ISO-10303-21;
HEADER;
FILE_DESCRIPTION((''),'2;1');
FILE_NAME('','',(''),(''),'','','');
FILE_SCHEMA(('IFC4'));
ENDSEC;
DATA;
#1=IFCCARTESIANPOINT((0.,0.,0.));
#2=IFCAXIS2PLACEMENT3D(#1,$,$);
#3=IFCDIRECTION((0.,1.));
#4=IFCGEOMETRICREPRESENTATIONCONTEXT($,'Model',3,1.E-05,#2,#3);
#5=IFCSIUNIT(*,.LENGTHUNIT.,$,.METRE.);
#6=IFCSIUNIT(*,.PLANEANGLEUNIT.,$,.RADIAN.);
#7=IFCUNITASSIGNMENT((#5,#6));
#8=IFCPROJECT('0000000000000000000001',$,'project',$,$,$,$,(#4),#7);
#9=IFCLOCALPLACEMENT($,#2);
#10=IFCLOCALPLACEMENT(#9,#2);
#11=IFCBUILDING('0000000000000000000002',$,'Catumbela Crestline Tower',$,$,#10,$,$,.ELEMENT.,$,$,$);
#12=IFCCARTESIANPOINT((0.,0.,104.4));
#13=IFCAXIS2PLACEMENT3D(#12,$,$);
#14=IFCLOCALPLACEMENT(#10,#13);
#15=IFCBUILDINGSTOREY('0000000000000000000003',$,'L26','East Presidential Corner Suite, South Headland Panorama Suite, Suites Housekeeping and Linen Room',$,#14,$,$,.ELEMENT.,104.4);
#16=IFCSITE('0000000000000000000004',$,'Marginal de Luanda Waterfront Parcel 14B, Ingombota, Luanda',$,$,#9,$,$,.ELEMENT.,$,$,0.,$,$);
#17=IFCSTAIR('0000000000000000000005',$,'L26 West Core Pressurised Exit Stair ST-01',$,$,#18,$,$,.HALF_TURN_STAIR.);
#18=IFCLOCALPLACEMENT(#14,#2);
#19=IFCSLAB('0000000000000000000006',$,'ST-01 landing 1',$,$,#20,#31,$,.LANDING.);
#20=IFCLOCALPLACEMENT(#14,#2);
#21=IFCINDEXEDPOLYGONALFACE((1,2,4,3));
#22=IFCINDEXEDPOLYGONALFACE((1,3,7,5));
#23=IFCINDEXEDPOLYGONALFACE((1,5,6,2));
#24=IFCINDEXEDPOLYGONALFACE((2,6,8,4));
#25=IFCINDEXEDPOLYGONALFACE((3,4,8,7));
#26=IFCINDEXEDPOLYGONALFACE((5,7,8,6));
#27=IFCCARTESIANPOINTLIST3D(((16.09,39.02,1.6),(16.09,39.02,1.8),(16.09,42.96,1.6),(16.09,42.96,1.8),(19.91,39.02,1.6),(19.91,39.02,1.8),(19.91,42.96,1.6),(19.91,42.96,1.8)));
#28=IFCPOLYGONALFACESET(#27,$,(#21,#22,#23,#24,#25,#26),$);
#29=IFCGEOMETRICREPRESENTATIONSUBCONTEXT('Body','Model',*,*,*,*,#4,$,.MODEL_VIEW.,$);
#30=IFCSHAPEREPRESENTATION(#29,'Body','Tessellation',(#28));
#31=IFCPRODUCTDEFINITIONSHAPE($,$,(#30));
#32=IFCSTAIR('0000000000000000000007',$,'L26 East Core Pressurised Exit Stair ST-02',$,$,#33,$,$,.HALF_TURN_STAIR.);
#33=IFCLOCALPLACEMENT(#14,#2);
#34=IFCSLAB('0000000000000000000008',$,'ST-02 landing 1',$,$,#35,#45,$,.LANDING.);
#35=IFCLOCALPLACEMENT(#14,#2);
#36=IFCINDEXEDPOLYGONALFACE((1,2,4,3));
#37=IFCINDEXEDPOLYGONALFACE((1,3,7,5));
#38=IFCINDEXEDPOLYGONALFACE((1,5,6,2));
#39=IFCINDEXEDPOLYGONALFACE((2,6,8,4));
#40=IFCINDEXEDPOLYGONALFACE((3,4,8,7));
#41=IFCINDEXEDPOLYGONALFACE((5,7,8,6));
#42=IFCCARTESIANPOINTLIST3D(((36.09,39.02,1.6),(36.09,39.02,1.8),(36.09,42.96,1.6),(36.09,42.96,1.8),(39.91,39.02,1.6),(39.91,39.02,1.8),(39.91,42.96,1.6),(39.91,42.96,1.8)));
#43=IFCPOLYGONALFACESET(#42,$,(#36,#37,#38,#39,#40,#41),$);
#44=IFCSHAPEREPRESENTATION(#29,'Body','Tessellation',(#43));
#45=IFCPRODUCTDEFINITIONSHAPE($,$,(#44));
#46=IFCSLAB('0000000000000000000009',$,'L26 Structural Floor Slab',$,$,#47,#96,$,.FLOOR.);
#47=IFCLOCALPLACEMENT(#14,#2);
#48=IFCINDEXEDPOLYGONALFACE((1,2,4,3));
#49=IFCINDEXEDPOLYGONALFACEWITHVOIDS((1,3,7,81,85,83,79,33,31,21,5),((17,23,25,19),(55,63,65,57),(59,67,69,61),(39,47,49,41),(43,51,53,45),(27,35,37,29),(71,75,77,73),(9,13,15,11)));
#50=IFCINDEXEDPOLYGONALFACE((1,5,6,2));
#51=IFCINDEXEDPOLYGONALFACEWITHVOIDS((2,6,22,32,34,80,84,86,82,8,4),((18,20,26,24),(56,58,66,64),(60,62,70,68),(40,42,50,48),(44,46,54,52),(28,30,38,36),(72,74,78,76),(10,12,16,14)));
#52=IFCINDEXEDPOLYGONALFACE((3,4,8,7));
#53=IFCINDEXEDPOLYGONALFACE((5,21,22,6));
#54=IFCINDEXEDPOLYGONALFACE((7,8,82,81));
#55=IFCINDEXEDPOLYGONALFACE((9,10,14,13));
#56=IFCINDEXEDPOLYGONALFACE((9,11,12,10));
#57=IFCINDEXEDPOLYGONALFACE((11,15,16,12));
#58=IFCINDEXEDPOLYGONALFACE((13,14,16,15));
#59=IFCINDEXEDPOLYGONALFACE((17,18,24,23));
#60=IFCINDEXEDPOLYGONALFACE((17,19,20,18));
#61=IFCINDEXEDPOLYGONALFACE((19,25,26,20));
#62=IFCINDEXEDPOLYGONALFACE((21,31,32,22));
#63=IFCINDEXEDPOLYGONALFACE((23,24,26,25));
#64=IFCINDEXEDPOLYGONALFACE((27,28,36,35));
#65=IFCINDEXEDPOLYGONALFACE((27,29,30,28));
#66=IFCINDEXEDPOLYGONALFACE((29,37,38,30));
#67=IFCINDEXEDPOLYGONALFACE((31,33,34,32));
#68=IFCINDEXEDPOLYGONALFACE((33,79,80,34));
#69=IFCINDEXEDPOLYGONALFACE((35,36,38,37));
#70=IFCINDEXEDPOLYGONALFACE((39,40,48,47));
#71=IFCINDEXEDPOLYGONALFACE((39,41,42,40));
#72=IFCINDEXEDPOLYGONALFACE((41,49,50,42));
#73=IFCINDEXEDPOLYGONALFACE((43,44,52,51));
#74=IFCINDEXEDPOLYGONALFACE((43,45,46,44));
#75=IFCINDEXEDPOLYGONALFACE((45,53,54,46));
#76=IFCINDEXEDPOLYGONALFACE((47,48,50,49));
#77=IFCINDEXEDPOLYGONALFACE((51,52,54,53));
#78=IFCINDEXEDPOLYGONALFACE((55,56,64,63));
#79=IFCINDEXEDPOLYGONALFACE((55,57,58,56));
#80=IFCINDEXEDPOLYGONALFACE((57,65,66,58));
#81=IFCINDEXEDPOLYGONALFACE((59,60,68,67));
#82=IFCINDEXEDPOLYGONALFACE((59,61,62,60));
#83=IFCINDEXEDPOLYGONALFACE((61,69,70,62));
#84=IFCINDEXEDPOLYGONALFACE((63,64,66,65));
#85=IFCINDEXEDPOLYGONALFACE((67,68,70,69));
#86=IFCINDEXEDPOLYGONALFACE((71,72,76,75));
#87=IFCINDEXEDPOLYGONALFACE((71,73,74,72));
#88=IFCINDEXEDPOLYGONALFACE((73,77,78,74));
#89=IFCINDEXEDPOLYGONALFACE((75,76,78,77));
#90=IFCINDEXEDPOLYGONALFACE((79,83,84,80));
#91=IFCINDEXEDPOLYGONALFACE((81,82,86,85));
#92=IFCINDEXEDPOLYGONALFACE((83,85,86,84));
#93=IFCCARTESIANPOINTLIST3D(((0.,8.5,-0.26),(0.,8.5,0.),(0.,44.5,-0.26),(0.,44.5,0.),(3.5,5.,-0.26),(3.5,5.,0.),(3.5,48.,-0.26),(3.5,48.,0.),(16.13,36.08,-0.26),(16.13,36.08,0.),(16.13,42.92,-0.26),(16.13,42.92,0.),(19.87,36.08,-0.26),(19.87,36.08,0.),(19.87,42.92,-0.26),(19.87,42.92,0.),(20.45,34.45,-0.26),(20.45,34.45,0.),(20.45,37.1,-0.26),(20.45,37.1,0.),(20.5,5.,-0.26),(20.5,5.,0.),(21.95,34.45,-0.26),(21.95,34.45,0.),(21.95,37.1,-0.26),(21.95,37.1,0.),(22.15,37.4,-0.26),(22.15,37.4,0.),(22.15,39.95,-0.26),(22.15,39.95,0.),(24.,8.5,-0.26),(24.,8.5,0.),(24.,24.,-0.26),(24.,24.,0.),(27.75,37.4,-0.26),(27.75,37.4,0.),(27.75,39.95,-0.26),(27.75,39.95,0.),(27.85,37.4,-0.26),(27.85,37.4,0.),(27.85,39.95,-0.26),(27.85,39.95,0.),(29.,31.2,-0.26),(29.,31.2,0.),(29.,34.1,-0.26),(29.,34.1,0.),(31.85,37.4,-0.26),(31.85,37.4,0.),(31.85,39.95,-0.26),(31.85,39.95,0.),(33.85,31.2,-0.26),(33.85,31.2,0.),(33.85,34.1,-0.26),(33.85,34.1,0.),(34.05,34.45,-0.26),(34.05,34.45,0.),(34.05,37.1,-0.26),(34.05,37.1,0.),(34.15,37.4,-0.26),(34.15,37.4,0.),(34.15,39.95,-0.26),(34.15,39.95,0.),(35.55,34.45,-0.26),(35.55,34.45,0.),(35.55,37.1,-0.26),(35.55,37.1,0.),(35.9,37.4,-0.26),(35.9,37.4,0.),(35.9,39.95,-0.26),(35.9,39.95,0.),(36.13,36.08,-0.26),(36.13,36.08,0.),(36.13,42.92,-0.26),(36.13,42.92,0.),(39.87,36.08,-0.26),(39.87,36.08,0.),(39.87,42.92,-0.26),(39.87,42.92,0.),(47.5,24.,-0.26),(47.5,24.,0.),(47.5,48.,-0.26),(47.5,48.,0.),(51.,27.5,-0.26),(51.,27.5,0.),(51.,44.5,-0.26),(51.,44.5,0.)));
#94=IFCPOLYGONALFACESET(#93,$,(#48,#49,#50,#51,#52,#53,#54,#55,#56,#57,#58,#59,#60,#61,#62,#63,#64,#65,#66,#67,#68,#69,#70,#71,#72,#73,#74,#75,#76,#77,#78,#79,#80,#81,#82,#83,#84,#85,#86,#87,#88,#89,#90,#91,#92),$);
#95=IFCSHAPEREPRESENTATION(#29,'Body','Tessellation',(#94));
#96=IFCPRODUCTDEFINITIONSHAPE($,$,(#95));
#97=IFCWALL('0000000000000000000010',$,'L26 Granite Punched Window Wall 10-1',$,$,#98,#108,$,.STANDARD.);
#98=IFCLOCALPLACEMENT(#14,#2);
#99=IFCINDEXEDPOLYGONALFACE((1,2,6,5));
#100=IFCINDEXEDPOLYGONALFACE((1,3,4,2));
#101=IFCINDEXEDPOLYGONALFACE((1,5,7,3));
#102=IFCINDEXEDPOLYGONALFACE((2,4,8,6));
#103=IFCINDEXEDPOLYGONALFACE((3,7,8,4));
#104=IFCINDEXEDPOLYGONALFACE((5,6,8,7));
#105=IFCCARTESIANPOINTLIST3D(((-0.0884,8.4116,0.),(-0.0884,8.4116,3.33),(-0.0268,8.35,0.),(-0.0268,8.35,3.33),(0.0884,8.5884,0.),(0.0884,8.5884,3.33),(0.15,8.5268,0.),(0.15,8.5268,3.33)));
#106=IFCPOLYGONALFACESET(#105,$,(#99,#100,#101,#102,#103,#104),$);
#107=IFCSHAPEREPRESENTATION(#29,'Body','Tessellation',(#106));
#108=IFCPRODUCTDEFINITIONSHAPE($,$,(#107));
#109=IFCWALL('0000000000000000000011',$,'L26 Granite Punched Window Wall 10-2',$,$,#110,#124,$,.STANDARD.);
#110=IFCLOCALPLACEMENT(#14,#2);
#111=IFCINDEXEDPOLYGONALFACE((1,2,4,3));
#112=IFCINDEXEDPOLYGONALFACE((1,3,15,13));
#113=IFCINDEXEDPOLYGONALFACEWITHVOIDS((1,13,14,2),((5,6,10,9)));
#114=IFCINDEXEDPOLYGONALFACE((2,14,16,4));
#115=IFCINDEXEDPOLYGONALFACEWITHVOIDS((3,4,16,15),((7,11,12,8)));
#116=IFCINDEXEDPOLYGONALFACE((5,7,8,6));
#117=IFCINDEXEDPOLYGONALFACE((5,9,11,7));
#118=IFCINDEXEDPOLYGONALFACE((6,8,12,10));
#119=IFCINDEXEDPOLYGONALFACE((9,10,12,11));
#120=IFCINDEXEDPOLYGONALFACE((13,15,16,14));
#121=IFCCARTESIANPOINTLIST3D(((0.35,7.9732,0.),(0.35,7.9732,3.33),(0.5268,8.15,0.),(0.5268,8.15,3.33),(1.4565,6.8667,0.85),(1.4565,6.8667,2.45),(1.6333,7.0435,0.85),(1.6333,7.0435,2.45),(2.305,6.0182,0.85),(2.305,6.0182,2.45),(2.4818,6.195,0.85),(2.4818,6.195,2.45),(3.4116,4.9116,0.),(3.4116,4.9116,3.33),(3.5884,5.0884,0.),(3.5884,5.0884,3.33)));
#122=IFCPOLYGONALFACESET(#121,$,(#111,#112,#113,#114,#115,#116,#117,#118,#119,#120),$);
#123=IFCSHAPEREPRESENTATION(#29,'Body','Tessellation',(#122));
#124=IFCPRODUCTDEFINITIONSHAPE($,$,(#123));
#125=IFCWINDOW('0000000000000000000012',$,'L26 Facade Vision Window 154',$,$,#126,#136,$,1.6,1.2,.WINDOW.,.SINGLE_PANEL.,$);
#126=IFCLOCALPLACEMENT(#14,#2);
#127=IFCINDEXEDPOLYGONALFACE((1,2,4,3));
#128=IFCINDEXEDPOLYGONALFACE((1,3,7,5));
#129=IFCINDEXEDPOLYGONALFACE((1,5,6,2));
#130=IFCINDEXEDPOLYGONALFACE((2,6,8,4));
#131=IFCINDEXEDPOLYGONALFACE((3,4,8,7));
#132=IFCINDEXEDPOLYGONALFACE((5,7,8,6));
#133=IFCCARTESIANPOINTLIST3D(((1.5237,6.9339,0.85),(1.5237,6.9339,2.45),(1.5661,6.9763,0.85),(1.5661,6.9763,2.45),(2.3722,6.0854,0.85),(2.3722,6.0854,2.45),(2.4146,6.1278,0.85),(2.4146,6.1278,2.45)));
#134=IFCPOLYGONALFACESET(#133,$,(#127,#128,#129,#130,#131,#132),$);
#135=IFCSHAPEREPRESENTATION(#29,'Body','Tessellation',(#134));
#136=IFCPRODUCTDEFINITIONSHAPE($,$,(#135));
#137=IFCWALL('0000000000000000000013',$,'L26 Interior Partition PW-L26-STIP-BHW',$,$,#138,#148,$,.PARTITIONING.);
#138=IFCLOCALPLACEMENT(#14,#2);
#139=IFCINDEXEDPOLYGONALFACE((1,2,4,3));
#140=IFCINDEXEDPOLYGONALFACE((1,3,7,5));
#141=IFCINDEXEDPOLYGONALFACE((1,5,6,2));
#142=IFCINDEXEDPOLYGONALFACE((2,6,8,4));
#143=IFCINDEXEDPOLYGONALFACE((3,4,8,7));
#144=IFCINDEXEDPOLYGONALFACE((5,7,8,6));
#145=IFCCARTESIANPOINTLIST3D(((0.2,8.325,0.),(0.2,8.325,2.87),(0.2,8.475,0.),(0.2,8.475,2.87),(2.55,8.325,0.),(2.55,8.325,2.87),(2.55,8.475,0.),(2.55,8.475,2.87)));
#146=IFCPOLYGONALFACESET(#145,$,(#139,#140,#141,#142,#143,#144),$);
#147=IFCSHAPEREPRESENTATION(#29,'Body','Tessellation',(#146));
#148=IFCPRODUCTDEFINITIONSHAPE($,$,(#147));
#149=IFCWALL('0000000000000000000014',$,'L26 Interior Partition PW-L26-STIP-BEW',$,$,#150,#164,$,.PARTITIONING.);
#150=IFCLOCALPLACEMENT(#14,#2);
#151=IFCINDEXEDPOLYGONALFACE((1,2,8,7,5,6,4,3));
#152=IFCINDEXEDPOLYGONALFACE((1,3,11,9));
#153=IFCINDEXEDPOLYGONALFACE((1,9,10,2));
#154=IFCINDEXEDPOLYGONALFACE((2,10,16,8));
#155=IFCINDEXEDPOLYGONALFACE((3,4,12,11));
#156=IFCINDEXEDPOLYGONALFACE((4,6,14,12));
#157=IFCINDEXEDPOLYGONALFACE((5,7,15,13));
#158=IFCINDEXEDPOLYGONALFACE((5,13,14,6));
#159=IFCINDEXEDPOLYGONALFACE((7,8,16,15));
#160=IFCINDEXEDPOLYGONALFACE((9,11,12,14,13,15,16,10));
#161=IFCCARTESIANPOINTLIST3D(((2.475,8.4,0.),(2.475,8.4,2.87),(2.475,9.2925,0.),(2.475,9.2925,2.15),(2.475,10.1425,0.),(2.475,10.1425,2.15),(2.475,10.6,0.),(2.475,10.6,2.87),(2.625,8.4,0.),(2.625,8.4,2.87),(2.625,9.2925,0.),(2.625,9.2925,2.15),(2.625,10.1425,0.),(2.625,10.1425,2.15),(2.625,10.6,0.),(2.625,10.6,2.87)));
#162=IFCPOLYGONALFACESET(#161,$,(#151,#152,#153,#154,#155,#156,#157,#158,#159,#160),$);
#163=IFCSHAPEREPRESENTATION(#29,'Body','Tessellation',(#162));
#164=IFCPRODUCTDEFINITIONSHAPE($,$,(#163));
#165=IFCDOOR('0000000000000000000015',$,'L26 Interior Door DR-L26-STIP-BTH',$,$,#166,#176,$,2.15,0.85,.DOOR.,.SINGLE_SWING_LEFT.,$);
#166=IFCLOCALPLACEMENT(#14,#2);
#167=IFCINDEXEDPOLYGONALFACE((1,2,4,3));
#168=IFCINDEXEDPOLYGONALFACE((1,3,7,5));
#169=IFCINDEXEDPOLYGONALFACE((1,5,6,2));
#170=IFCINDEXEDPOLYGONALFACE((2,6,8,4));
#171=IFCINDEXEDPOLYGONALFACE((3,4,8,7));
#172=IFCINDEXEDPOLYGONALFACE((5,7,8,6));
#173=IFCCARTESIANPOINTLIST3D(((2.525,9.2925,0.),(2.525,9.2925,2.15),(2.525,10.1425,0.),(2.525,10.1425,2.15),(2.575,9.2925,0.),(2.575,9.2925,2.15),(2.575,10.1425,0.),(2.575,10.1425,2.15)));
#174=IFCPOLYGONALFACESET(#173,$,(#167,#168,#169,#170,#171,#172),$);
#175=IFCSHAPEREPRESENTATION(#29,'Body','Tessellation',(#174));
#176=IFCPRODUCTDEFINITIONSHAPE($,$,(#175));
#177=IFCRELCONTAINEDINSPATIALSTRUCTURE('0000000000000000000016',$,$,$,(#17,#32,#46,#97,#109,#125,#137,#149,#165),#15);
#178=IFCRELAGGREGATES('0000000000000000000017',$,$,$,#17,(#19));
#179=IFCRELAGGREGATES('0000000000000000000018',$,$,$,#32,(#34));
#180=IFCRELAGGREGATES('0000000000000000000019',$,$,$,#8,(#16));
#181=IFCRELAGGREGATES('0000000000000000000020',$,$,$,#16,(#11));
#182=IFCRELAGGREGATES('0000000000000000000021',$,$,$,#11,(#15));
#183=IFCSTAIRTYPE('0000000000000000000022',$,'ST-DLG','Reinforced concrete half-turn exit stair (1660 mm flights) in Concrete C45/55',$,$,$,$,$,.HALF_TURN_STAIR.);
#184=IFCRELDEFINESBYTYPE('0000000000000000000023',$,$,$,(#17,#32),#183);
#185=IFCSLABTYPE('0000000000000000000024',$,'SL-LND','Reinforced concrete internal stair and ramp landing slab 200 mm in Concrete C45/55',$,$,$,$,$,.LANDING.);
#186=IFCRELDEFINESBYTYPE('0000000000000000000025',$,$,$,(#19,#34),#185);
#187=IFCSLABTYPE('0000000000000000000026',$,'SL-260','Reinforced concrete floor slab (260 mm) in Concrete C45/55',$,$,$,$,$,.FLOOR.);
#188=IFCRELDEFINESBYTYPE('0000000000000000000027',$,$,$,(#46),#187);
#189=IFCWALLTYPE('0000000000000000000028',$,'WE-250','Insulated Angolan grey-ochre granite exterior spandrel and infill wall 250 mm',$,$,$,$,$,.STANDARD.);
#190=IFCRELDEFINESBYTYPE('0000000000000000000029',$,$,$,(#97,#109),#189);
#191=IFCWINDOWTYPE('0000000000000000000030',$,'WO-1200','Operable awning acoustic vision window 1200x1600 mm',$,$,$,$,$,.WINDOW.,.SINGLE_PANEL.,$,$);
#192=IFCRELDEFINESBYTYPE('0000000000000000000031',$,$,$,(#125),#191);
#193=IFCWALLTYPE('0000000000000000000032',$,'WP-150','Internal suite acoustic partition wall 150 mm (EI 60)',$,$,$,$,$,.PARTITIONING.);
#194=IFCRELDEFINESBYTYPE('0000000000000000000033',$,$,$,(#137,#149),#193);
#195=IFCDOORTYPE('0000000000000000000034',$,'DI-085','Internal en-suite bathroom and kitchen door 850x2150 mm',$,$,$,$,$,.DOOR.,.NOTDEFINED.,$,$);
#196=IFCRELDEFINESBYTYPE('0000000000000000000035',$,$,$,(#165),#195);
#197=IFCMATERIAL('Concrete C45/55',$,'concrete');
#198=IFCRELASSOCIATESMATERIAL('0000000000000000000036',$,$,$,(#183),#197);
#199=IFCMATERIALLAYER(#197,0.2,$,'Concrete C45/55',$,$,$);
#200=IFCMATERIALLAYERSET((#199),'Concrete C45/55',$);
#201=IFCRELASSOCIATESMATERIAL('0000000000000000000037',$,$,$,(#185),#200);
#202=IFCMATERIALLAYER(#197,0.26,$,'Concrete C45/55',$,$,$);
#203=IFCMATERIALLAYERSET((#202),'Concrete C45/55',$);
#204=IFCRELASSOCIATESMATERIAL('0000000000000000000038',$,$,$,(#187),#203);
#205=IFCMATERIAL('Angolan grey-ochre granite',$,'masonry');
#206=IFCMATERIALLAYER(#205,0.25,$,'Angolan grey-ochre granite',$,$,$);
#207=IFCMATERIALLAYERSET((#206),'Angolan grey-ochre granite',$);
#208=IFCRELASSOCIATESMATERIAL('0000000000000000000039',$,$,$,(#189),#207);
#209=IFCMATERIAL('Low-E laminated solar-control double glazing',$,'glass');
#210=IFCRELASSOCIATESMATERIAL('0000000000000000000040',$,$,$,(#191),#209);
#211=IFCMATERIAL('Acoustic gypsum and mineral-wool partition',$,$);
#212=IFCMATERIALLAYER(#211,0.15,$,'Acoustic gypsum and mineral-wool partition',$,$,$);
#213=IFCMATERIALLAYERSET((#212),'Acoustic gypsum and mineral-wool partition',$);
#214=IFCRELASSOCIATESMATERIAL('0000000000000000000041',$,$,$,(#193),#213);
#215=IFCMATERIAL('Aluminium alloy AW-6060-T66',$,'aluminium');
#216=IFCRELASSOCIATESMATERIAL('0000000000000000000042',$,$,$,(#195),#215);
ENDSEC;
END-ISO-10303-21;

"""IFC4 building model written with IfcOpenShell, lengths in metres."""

from ifc_helpers import new_model, si_unit, direction, frame, frame_2d, origin, place, context, subcontext, project, spatial, polyline, rectangle, outline, extrude, material, layer, layer_set, type_object, element, fill, aggregate, save


model = new_model("IFC4")

# Units and contexts
model_context = context("Model", 3, precision=1e-05, world=origin(), true_north=direction((0.0, 1.0)))
body_context = subcontext(model_context, "Body", "Model", "MODEL_VIEW")
ifc_project = project(units=[si_unit("LENGTHUNIT", "METRE"), si_unit("PLANEANGLEUNIT", "RADIAN")], contexts=[model_context])

# Site, building, storey
site_placement = place(None, origin())
site = spatial("IfcSite", under=ifc_project, at=site_placement, Name="Marginal de Luanda Waterfront Parcel 14B, Ingombota, Luanda", CompositionType="ELEMENT", RefElevation=0.0)
building_placement = place(site_placement, origin())
building = spatial("IfcBuilding", under=site, at=building_placement, Name="Catumbela Crestline Tower", CompositionType="ELEMENT")
storey_placement = place(building_placement, frame((0.0, 0.0, 104.4)))
storey = spatial("IfcBuildingStorey", under=building, at=storey_placement, Name="L26", Description="East Presidential Corner Suite, South Headland Panorama Suite, Suites Housekeeping and Linen Room", CompositionType="ELEMENT", Elevation=104.4)

# Stairs, slabs
ifc_material_1 = material(Name="Concrete C45/55", Category="concrete")
stair_type = type_object("IfcStairType", Name="ST-DLG", Description="Reinforced concrete half-turn exit stair (1660 mm flights) in Concrete C45/55", PredefinedType="HALF_TURN_STAIR", material=ifc_material_1)
stair_1_placement = place(storey_placement, origin())
stair_1 = element("IfcStair", 1, at=stair_1_placement, inside=storey, type_object=stair_type, Name="L26 West Core Pressurised Exit Stair ST-01", PredefinedType="HALF_TURN_STAIR")
ifc_layer_1 = layer(ifc_material_1, 0.2, Name="Concrete C45/55")
ifc_layer_set_1 = layer_set([ifc_layer_1], Name="Concrete C45/55")
slab_type_1 = type_object("IfcSlabType", Name="SL-LND", Description="Reinforced concrete internal stair and ramp landing slab 200 mm in Concrete C45/55", PredefinedType="LANDING", material=ifc_layer_set_1)
slab_1_placement = place(storey_placement, frame((0.0, 0.0, 1.6)))
slab_1 = element("IfcSlab", 2, at=slab_1_placement, type_object=slab_type_1, Name="ST-01 landing 1", PredefinedType="LANDING", context=body_context, shape_type="SweptSolid", body=[
    extrude(outline(polyline([(19.91, 39.02), (19.91, 42.96), (16.09, 42.96), (16.09, 39.02), (19.91, 39.02)])), origin(), (0.0, 0.0, 1.0), 0.2),
])
aggregate(stair_1, [slab_1])
stair_2_placement = place(storey_placement, origin())
stair_2 = element("IfcStair", 3, at=stair_2_placement, inside=storey, type_object=stair_type, Name="L26 East Core Pressurised Exit Stair ST-02", PredefinedType="HALF_TURN_STAIR")
slab_2_placement = place(storey_placement, frame((0.0, 0.0, 1.6)))
slab_2 = element("IfcSlab", 4, at=slab_2_placement, type_object=slab_type_1, Name="ST-02 landing 1", PredefinedType="LANDING", context=body_context, shape_type="SweptSolid", body=[
    extrude(outline(polyline([(39.91, 39.02), (39.91, 42.96), (36.09, 42.96), (36.09, 39.02), (39.91, 39.02)])), origin(), (0.0, 0.0, 1.0), 0.2),
])
aggregate(stair_2, [slab_2])

# Slab
ifc_layer_2 = layer(ifc_material_1, 0.26, Name="Concrete C45/55")
ifc_layer_set_2 = layer_set([ifc_layer_2], Name="Concrete C45/55")
slab_type_2 = type_object("IfcSlabType", Name="SL-260", Description="Reinforced concrete floor slab (260 mm) in Concrete C45/55", PredefinedType="FLOOR", material=ifc_layer_set_2)
slab_3_placement = place(storey_placement, frame((0.0, 0.0, -0.26)))
element("IfcSlab", 5, at=slab_3_placement, inside=storey, type_object=slab_type_2, Name="L26 Structural Floor Slab", PredefinedType="FLOOR", context=body_context, shape_type="SweptSolid", body=[
    extrude(outline(polyline([(3.5, 5.0), (20.5, 5.0), (24.0, 8.5), (24.0, 24.0), (47.5, 24.0), (51.0, 27.5), (51.0, 44.5), (47.5, 48.0), (3.5, 48.0), (0.0, 44.5), (0.0, 8.5), (3.5, 5.0)]), holes=[polyline([(16.13, 36.08), (19.87, 36.08), (19.87, 42.92), (16.13, 42.92), (16.13, 36.08)]), polyline([(36.13, 36.08), (39.87, 36.08), (39.87, 42.92), (36.13, 42.92), (36.13, 36.08)]), polyline([(29.0, 31.2), (33.85, 31.2), (33.85, 34.1), (29.0, 34.1), (29.0, 31.2)]), polyline([(22.15, 37.4), (27.75, 37.4), (27.75, 39.95), (22.15, 39.95), (22.15, 37.4)]), polyline([(27.85, 37.4), (31.85, 37.4), (31.85, 39.95), (27.85, 39.95), (27.85, 37.4)]), polyline([(20.45, 34.45), (21.95, 34.45), (21.95, 37.1), (20.45, 37.1), (20.45, 34.45)]), polyline([(34.05, 34.45), (35.55, 34.45), (35.55, 37.1), (34.05, 37.1), (34.05, 34.45)]), polyline([(34.15, 37.4), (35.9, 37.4), (35.9, 39.95), (34.15, 39.95), (34.15, 37.4)])]), origin(), (0.0, 0.0, 1.0), 0.26),
])

# Wall
ifc_material_2 = material(Name="Angolan grey-ochre granite", Category="masonry")
ifc_layer_3 = layer(ifc_material_2, 0.25, Name="Angolan grey-ochre granite")
ifc_layer_set_3 = layer_set([ifc_layer_3], Name="Angolan grey-ochre granite")
wall_type_1 = type_object("IfcWallType", Name="WE-250", Description="Insulated Angolan grey-ochre granite exterior spandrel and infill wall 250 mm", PredefinedType="STANDARD", material=ifc_layer_set_3)
wall_1_placement = place(storey_placement, frame((0.0, 8.5, 0.0), z_axis=(0.0, 0.0, 1.0), x_axis=(0.707107, -0.707107, 0.0)))
element("IfcWall", 6, at=wall_1_placement, inside=storey, type_object=wall_type_1, Name="L26 Granite Punched Window Wall 10-1", PredefinedType="STANDARD", context=body_context, shape_type="SweptSolid", body=[
    extrude(rectangle(XDim=0.0871, YDim=0.25, at=frame_2d((0.0436, 0.0))), origin(), (0.0, 0.0, 1.0), 3.33),
])

# Wall, opening, window
wall_2_placement = place(storey_placement, frame((0.4384, 8.0616, 0.0), z_axis=(0.0, 0.0, 1.0), x_axis=(0.707107, -0.707107, 0.0)))
wall_2 = element("IfcWall", 7, at=wall_2_placement, inside=storey, type_object=wall_type_1, Name="L26 Granite Punched Window Wall 10-2", PredefinedType="STANDARD", context=body_context, shape_type="SweptSolid", body=[
    extrude(rectangle(XDim=4.3298, YDim=0.25, at=frame_2d((2.1649, 0.0))), origin(), (0.0, 0.0, 1.0), 3.33),
])
opening_1_placement = place(wall_2_placement, frame((1.5648, 0.0, 0.85)))
opening_1 = element("IfcOpeningElement", 8, at=opening_1_placement, cuts=wall_2, PredefinedType="OPENING", context=body_context, shape_type="SweptSolid", body=[
    extrude(rectangle(XDim=1.2, YDim=1.6, at=frame_2d((0.6, 0.8))), frame((0.0, 0.135, 0.0), z_axis=(0.0, -1.0, 0.0), x_axis=(1.0, 0.0, 0.0)), (0.0, 0.0, 1.0), 0.27),
])
ifc_material_3 = material(Name="Low-E laminated solar-control double glazing", Category="glass")
window_type = type_object("IfcWindowType", Name="WO-1200", Description="Operable awning acoustic vision window 1200x1600 mm", PartitioningType="SINGLE_PANEL", PredefinedType="WINDOW", material=ifc_material_3)
window_placement = place(opening_1_placement, origin())
window = element("IfcWindow", 9, at=window_placement, inside=storey, type_object=window_type, Name="L26 Facade Vision Window 154", OverallHeight=1.6, OverallWidth=1.2, PartitioningType="SINGLE_PANEL", PredefinedType="WINDOW", context=body_context, shape_type="SweptSolid", body=[
    extrude(rectangle(XDim=1.2, YDim=1.6, at=frame_2d((0.6, 0.8))), frame((0.0, 0.03, 0.0), z_axis=(0.0, -1.0, 0.0), x_axis=(1.0, 0.0, 0.0)), (0.0, 0.0, 1.0), 0.06),
])
fill(opening_1, window)

# Wall
ifc_material_4 = material(Name="Acoustic gypsum and mineral-wool partition")
ifc_layer_4 = layer(ifc_material_4, 0.15, Name="Acoustic gypsum and mineral-wool partition")
ifc_layer_set_4 = layer_set([ifc_layer_4], Name="Acoustic gypsum and mineral-wool partition")
wall_type_2 = type_object("IfcWallType", Name="WP-150", Description="Internal suite acoustic partition wall 150 mm (EI 60)", PredefinedType="PARTITIONING", material=ifc_layer_set_4)
wall_3_placement = place(storey_placement, frame((0.2, 8.4, 0.0), z_axis=(0.0, 0.0, 1.0), x_axis=(1.0, 0.0, 0.0)))
element("IfcWall", 10, at=wall_3_placement, inside=storey, type_object=wall_type_2, Name="L26 Interior Partition PW-L26-STIP-BHW", PredefinedType="PARTITIONING", context=body_context, shape_type="SweptSolid", body=[
    extrude(rectangle(XDim=2.35, YDim=0.15, at=frame_2d((1.175, 0.0))), origin(), (0.0, 0.0, 1.0), 2.87),
])

# Wall, opening, door
wall_4_placement = place(storey_placement, frame((2.55, 8.4, 0.0), z_axis=(0.0, 0.0, 1.0), x_axis=(0.0, 1.0, 0.0)))
wall_4 = element("IfcWall", 11, at=wall_4_placement, inside=storey, type_object=wall_type_2, Name="L26 Interior Partition PW-L26-STIP-BEW", PredefinedType="PARTITIONING", context=body_context, shape_type="SweptSolid", body=[
    extrude(rectangle(XDim=2.2, YDim=0.15, at=frame_2d((1.1, 0.0))), origin(), (0.0, 0.0, 1.0), 2.87),
])
opening_2_placement = place(wall_4_placement, frame((0.8925, 0.0, 0.0)))
opening_2 = element("IfcOpeningElement", 12, at=opening_2_placement, cuts=wall_4, PredefinedType="OPENING", context=body_context, shape_type="SweptSolid", body=[
    extrude(rectangle(XDim=0.85, YDim=2.15, at=frame_2d((0.425, 1.075))), frame((0.0, 0.085, 0.0), z_axis=(0.0, -1.0, 0.0), x_axis=(1.0, 0.0, 0.0)), (0.0, 0.0, 1.0), 0.17),
])
ifc_material_5 = material(Name="Aluminium alloy AW-6060-T66", Category="aluminium")
door_type = type_object("IfcDoorType", Name="DI-085", Description="Internal en-suite bathroom and kitchen door 850x2150 mm", OperationType="NOTDEFINED", PredefinedType="DOOR", material=ifc_material_5)
door_placement = place(opening_2_placement, origin())
door = element("IfcDoor", 13, at=door_placement, inside=storey, type_object=door_type, Name="L26 Interior Door DR-L26-STIP-BTH", OperationType="SINGLE_SWING_LEFT", OverallHeight=2.15, OverallWidth=0.85, PredefinedType="DOOR", context=body_context, shape_type="SweptSolid", body=[
    extrude(rectangle(XDim=0.85, YDim=2.15, at=frame_2d((0.425, 1.075))), frame((0.0, 0.025, 0.0), z_axis=(0.0, -1.0, 0.0), x_axis=(1.0, 0.0, 0.0)), (0.0, 0.0, 1.0), 0.05),
])
fill(opening_2, door)

save(model, "model.ifc")
